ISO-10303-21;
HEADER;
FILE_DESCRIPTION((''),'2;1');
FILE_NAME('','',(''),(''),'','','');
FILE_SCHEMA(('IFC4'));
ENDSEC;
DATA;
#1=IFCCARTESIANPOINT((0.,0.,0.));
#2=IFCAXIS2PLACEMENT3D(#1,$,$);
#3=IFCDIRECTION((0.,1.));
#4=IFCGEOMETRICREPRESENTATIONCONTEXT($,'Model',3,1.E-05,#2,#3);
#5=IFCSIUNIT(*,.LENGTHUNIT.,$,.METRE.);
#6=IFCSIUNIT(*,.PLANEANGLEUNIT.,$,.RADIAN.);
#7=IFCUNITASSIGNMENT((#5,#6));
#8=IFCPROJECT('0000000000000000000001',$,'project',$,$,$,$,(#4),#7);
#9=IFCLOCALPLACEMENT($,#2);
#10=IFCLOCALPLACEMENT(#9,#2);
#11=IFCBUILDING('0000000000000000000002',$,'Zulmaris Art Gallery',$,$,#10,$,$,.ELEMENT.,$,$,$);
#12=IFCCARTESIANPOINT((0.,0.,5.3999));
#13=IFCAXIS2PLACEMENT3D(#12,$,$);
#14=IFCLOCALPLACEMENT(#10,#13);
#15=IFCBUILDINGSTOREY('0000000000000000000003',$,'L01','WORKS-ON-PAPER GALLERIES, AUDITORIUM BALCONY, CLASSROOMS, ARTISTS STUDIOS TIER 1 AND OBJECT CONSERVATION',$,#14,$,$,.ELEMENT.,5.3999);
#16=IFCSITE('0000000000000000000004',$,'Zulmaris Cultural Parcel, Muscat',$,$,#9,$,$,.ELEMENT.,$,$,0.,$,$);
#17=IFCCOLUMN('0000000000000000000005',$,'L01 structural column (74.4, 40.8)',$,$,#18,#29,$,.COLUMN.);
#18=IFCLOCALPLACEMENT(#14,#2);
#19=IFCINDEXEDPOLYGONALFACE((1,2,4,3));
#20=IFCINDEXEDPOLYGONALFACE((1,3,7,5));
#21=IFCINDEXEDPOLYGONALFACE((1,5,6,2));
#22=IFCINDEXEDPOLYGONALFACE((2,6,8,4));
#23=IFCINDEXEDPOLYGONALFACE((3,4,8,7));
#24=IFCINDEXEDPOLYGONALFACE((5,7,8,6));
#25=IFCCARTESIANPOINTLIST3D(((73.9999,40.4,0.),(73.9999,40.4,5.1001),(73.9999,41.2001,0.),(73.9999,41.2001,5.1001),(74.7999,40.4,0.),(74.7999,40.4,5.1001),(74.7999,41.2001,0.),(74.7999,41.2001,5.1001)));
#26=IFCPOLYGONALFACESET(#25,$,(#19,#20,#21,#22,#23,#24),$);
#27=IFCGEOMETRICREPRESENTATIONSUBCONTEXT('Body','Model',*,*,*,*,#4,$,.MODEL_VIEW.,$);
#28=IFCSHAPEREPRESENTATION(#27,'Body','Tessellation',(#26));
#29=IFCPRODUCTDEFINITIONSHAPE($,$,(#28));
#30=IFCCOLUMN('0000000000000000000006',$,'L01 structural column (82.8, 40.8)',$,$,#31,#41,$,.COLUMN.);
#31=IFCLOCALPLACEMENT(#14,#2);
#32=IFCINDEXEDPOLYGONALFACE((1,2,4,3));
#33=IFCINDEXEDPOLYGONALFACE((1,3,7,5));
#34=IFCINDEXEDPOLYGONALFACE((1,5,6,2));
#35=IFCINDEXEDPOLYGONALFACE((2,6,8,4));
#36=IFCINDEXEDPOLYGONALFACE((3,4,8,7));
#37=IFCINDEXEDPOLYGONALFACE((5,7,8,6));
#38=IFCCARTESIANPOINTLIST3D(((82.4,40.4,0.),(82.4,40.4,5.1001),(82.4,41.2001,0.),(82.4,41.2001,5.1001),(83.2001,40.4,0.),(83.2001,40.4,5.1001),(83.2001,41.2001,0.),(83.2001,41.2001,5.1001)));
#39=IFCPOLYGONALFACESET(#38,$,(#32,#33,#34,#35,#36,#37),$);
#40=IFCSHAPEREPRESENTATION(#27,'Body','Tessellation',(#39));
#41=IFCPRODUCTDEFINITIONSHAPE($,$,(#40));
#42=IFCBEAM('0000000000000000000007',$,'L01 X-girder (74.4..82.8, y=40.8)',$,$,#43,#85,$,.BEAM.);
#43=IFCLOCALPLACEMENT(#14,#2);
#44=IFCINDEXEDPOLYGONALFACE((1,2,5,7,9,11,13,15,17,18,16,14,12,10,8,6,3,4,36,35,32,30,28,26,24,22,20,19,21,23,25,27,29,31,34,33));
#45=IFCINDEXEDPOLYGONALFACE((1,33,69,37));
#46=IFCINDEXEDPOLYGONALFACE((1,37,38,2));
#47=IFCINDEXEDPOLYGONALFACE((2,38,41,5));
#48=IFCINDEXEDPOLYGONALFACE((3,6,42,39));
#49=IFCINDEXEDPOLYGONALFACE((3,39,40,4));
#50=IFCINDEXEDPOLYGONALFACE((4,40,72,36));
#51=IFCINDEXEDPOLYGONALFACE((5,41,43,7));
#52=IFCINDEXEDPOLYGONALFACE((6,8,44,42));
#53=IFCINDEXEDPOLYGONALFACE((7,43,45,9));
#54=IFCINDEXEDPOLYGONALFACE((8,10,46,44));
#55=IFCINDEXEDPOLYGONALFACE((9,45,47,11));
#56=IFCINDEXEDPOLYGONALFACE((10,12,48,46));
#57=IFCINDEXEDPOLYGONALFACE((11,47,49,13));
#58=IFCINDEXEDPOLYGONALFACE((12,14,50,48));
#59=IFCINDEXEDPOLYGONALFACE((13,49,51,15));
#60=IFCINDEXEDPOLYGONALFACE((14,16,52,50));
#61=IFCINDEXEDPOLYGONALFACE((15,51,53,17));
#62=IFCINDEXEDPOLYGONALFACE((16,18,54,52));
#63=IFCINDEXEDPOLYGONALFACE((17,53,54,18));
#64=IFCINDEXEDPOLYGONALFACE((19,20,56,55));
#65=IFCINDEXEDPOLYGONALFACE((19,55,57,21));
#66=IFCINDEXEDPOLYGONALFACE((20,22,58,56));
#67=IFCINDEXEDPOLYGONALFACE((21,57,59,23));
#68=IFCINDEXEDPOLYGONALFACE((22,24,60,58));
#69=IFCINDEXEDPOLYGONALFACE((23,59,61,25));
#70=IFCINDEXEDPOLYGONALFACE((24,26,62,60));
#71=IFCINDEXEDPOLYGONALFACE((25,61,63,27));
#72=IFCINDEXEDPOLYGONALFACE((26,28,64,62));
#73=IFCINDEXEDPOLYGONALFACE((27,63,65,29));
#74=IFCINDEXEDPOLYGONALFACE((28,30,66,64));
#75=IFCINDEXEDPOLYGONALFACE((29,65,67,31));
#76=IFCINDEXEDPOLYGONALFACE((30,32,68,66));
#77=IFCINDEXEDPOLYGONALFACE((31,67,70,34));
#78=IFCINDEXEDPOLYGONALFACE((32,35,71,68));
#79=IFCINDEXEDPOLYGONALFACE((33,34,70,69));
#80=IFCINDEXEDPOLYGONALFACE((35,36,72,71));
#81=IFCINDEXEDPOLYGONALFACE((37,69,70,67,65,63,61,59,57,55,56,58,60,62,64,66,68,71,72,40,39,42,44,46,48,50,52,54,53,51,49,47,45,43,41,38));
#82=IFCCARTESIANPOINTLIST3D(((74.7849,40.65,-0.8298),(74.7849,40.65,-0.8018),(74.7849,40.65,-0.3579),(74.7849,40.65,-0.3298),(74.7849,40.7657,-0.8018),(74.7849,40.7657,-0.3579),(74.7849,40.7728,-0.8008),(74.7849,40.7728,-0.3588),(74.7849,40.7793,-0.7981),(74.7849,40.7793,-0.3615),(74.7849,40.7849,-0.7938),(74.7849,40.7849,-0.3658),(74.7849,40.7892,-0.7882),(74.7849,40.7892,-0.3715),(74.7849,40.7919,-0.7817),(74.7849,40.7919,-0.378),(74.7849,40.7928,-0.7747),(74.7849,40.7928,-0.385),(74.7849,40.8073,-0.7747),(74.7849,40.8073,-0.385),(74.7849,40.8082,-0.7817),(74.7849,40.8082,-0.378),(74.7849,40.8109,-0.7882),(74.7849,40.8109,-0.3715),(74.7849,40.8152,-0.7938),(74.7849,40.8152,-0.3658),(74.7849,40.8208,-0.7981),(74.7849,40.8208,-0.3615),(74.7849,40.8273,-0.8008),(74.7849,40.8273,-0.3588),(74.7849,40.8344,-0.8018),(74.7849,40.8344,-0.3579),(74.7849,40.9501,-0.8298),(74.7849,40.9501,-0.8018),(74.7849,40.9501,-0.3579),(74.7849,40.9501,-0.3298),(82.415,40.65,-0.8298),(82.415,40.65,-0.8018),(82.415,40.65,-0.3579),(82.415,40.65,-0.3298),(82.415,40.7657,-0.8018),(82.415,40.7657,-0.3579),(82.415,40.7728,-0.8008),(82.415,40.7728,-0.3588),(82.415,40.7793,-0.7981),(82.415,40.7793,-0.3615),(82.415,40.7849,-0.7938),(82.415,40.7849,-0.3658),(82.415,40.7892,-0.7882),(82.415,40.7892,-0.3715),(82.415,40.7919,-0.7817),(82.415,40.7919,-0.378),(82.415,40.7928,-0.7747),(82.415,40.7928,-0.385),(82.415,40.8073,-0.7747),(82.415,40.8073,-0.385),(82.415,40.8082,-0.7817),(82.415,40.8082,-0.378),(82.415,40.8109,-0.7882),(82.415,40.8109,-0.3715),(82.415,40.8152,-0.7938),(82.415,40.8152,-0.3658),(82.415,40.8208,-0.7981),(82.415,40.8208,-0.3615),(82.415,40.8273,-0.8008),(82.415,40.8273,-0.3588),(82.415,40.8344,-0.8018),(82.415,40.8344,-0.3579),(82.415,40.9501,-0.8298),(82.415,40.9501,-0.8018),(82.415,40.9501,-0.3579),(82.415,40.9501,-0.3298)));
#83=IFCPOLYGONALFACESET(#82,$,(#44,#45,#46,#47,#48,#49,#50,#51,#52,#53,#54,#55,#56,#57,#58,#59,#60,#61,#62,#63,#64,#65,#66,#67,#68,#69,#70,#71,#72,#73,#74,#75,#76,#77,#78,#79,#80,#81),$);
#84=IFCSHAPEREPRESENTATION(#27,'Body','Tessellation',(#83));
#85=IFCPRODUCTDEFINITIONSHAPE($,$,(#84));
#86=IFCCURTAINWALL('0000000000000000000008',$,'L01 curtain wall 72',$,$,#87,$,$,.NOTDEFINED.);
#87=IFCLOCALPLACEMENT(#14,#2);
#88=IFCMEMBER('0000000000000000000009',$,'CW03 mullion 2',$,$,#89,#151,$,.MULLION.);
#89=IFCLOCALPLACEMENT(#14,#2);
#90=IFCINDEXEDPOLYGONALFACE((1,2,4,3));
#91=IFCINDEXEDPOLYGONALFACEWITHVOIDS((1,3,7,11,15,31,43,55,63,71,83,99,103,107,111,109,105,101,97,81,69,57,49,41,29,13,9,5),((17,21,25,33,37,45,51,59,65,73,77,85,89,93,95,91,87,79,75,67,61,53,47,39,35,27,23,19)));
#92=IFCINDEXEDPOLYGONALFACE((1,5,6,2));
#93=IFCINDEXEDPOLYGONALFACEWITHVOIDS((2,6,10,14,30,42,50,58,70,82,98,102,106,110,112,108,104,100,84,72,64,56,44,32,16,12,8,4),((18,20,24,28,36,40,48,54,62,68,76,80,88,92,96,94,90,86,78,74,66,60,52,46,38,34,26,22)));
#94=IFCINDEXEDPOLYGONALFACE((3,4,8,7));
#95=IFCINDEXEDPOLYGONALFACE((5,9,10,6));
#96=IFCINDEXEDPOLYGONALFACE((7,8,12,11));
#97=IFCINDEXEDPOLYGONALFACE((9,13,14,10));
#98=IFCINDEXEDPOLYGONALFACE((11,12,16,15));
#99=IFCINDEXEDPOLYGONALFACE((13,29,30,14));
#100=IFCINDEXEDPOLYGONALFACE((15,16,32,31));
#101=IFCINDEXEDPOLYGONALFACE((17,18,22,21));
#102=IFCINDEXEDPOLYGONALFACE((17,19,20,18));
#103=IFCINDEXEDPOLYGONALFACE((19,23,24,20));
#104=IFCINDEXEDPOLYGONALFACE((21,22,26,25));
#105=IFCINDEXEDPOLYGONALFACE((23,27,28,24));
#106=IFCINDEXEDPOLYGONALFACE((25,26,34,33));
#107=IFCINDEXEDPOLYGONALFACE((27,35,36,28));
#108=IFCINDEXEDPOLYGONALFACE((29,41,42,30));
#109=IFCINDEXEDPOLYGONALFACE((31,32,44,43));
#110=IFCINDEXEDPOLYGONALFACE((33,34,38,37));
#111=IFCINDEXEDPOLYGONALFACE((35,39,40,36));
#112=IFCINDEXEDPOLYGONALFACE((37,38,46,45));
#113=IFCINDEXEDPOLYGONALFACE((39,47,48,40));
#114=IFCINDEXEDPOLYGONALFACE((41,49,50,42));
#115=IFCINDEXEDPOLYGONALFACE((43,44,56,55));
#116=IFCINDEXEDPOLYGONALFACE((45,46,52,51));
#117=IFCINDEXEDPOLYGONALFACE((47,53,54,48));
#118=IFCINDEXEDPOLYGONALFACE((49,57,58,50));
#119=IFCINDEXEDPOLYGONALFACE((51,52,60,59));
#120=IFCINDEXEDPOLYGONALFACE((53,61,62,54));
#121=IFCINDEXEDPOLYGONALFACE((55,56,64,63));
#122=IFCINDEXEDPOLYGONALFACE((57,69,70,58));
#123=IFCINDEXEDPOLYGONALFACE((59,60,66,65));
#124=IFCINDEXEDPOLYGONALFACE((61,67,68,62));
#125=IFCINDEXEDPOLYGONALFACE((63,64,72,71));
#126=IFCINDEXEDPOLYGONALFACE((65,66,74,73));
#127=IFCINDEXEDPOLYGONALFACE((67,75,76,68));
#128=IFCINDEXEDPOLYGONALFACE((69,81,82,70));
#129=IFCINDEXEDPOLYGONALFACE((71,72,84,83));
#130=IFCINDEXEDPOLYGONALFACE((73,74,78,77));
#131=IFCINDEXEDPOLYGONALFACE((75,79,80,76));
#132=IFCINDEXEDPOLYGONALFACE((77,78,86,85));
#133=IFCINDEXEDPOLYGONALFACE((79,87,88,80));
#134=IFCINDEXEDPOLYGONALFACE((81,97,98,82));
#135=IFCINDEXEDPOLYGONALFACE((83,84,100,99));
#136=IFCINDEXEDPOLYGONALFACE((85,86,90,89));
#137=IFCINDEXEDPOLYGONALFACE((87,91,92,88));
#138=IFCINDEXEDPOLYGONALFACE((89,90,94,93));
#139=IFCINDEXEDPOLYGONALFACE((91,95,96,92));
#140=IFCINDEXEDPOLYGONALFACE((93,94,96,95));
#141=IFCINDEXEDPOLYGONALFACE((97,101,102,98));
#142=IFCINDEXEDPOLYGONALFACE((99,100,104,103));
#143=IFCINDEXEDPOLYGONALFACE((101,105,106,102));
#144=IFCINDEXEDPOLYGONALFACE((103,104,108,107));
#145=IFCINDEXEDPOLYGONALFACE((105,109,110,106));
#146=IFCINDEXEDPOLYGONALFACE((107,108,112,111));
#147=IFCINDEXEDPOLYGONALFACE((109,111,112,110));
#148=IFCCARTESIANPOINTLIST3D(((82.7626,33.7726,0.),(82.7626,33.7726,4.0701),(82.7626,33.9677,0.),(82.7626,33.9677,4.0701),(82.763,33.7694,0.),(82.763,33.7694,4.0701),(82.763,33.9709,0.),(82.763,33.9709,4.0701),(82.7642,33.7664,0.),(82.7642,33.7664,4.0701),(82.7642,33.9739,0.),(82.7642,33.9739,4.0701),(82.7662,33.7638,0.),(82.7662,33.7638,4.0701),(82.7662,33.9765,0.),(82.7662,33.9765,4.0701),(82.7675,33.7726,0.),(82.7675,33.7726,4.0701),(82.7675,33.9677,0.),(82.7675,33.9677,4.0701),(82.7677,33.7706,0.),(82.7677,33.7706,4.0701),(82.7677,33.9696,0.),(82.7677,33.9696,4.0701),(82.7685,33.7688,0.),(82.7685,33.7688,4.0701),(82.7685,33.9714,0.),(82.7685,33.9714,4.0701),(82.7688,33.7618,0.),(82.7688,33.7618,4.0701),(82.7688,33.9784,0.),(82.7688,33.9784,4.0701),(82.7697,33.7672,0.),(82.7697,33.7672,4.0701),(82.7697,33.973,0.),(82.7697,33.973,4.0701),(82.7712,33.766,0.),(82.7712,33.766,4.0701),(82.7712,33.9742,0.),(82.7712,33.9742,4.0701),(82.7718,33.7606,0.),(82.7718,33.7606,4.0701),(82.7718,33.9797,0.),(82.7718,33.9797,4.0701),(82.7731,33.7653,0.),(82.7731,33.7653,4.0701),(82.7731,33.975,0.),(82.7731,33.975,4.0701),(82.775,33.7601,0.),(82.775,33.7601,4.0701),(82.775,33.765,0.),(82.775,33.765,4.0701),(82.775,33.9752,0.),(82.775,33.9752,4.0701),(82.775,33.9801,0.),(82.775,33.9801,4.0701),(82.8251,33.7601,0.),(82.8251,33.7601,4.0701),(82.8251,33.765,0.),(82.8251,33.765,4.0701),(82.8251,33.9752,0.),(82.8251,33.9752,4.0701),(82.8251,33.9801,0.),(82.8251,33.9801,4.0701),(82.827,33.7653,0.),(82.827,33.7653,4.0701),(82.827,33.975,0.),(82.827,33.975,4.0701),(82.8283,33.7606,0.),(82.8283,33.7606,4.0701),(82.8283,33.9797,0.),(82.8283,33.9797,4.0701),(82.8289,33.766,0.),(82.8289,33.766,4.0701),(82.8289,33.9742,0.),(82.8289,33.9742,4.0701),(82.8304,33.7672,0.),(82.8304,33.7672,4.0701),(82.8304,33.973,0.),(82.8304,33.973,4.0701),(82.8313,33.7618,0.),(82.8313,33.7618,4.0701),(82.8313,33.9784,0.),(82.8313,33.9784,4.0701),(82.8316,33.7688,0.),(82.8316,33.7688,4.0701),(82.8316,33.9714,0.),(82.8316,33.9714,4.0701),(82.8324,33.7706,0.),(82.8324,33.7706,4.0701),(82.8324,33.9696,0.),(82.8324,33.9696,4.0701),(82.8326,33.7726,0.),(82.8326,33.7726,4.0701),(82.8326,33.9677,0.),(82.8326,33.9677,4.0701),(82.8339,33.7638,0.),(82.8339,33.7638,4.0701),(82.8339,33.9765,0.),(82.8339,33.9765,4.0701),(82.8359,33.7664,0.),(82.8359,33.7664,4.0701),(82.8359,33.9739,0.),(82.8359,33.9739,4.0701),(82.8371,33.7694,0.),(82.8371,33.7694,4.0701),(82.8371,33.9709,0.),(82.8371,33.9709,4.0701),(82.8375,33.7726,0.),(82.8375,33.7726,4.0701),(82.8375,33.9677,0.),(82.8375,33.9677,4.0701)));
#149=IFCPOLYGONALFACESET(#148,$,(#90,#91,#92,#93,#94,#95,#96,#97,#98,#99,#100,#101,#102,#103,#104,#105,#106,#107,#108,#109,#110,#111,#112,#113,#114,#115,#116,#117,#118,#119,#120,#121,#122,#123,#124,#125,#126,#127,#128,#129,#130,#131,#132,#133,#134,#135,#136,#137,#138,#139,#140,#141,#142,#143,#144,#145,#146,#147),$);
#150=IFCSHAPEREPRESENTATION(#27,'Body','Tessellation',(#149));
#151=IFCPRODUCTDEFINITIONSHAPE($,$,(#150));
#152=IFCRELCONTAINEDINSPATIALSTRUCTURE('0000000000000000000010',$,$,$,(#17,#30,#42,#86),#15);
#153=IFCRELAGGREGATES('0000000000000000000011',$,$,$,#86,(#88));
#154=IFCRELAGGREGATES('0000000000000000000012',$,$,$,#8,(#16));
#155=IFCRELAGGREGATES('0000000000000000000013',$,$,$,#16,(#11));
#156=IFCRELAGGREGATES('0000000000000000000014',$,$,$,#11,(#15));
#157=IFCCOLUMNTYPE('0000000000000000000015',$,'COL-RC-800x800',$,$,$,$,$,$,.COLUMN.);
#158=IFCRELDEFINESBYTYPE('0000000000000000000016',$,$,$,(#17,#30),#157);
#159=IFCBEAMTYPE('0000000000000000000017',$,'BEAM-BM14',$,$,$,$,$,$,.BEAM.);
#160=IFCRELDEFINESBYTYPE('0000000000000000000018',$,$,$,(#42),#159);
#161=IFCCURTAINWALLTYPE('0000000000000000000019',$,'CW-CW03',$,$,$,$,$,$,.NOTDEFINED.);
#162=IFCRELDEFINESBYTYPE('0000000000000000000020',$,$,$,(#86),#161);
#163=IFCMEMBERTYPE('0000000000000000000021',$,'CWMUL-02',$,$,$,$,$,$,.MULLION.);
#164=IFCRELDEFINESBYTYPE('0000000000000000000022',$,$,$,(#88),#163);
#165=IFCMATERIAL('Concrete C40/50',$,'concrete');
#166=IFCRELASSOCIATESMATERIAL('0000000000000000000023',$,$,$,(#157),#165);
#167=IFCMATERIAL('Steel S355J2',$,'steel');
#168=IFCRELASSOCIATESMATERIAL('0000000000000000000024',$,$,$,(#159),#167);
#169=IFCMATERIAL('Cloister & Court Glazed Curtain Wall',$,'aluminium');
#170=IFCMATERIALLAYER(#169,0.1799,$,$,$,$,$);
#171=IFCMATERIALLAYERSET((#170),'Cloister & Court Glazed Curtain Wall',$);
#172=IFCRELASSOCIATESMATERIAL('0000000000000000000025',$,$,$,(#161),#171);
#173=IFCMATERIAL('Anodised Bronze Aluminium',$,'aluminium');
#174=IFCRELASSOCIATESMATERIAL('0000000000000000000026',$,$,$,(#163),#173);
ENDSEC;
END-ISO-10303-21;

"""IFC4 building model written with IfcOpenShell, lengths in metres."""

from ifc_helpers import new_model, si_unit, direction, frame, origin, origin_2d, place, context, subcontext, project, spatial, rectangle, hollow_rectangle, i_section, extrude, material, layer, layer_set, material_profile, profile_set, type_object, element, aggregate, save


model = new_model("IFC4")

# Units and contexts
model_context = context("Model", 3, precision=1e-05, world=origin(), true_north=direction((0.0, 1.0)))
body_context = subcontext(model_context, "Body", "Model", "MODEL_VIEW")
ifc_project = project(units=[si_unit("LENGTHUNIT", "METRE"), si_unit("PLANEANGLEUNIT", "RADIAN")], contexts=[model_context])

# Site, building, storey
site_placement = place(None, origin())
site = spatial("IfcSite", under=ifc_project, at=site_placement, Name="Zulmaris Cultural Parcel, Muscat", CompositionType="ELEMENT", RefElevation=0.0)
building_placement = place(site_placement, origin())
building = spatial("IfcBuilding", under=site, at=building_placement, Name="Zulmaris Art Gallery", CompositionType="ELEMENT")
storey_placement = place(building_placement, frame((0.0, 0.0, 5.3999)))
storey = spatial("IfcBuildingStorey", under=building, at=storey_placement, Name="L01", Description="WORKS-ON-PAPER GALLERIES, AUDITORIUM BALCONY, CLASSROOMS, ARTISTS STUDIOS TIER 1 AND OBJECT CONSERVATION", CompositionType="ELEMENT", Elevation=5.3999)

# Columns
ifc_material_1 = material(Name="Concrete C40/50", Category="concrete")
ifc_material_profile_1 = material_profile(ifc_material_1, rectangle(XDim=0.8, YDim=0.8, at=origin_2d()), Name="RC 800x800")
ifc_profile_set_1 = profile_set([ifc_material_profile_1], Name="Concrete C40/50")
column_type = type_object("IfcColumnType", Name="COL-RC-800x800", PredefinedType="COLUMN", material=ifc_profile_set_1)
for number, where, z_axis, x_axis, name in (
    (1, (74.3999, 40.8, 0.0), (0.0, 0.0, 1.0), (1.0, 0.0, 0.0), "L01 structural column (74.4, 40.8)"),
    (2, (82.8, 40.8, 0.0), (0.0, 0.0, 1.0), (1.0, 0.0, 0.0), "L01 structural column (82.8, 40.8)"),
):
    element("IfcColumn", number, at=place(storey_placement, frame(where, z_axis=z_axis, x_axis=x_axis)), inside=storey, type_object=column_type, Name=name, PredefinedType="COLUMN", context=body_context, shape_type="SweptSolid", body=[
        extrude(rectangle(XDim=0.8, YDim=0.8, at=origin_2d()), origin(), (0.0, 0.0, 1.0), 5.1001),
    ])

# Beam
ifc_material_2 = material(Name="Steel S355J2", Category="steel")
ifc_material_profile_2 = material_profile(ifc_material_2, i_section(OverallWidth=0.3, OverallDepth=0.5, WebThickness=0.0144, FlangeThickness=0.0281, FilletRadius=0.0271, at=origin_2d()), Name="HEB 500")
ifc_profile_set_2 = profile_set([ifc_material_profile_2], Name="Steel S355J2")
beam_type = type_object("IfcBeamType", Name="BEAM-BM14", PredefinedType="BEAM", material=ifc_profile_set_2)
beam_placement = place(storey_placement, frame((74.7849, 40.8, -0.5798), z_axis=(1.0, 0.0, 0.0), x_axis=(0.0, 1.0, 0.0)))
element("IfcBeam", 3, at=beam_placement, inside=storey, type_object=beam_type, Name="L01 X-girder (74.4..82.8, y=40.8)", PredefinedType="BEAM", context=body_context, shape_type="SweptSolid", body=[
    extrude(i_section(OverallWidth=0.3, OverallDepth=0.5, WebThickness=0.0144, FlangeThickness=0.0281, FilletRadius=0.0271, at=origin_2d()), origin(), (0.0, 0.0, 1.0), 7.6301),
])

# Curtain wall, member
ifc_material_3 = material(Name="Cloister & Court Glazed Curtain Wall", Category="aluminium")
ifc_layer_1 = layer(ifc_material_3, 0.1799)
ifc_layer_set_1 = layer_set([ifc_layer_1], Name="Cloister & Court Glazed Curtain Wall")
curtain_wall_type = type_object("IfcCurtainWallType", Name="CW-CW03", PredefinedType="NOTDEFINED", material=ifc_layer_set_1)
curtain_wall_placement = place(storey_placement, origin())
curtain_wall = element("IfcCurtainWall", 4, at=curtain_wall_placement, inside=storey, type_object=curtain_wall_type, Name="L01 curtain wall 72", PredefinedType="NOTDEFINED")
ifc_material_4 = material(Name="Anodised Bronze Aluminium", Category="aluminium")
ifc_material_profile_3 = material_profile(ifc_material_4, hollow_rectangle(XDim=0.075, YDim=0.22, WallThickness=0.0049, InnerFilletRadius=0.0076, OuterFilletRadius=0.0125, at=origin_2d()), Name="ALU 75x220x5")
ifc_profile_set_3 = profile_set([ifc_material_profile_3], Name="Anodised Bronze Aluminium")
member_type_1 = type_object("IfcMemberType", Name="CWMUL-02", PredefinedType="MULLION", material=ifc_profile_set_3)
member_1_placement = place(storey_placement, frame((82.8, 33.8701, 0.0), z_axis=(0.0, 0.0, 1.0), x_axis=(-1.0, 0.0, 0.0)))
member_1 = element("IfcMember", 5, at=member_1_placement, type_object=member_type_1, Name="CW03 mullion 2", PredefinedType="MULLION", context=body_context, shape_type="SweptSolid", body=[
    extrude(hollow_rectangle(XDim=0.075, YDim=0.22, WallThickness=0.0049, InnerFilletRadius=0.0076, OuterFilletRadius=0.0125, at=origin_2d()), origin(), (0.0, 0.0, 1.0), 4.0701),
])
aggregate(curtain_wall, [member_1])

save(model, "model.ifc")
